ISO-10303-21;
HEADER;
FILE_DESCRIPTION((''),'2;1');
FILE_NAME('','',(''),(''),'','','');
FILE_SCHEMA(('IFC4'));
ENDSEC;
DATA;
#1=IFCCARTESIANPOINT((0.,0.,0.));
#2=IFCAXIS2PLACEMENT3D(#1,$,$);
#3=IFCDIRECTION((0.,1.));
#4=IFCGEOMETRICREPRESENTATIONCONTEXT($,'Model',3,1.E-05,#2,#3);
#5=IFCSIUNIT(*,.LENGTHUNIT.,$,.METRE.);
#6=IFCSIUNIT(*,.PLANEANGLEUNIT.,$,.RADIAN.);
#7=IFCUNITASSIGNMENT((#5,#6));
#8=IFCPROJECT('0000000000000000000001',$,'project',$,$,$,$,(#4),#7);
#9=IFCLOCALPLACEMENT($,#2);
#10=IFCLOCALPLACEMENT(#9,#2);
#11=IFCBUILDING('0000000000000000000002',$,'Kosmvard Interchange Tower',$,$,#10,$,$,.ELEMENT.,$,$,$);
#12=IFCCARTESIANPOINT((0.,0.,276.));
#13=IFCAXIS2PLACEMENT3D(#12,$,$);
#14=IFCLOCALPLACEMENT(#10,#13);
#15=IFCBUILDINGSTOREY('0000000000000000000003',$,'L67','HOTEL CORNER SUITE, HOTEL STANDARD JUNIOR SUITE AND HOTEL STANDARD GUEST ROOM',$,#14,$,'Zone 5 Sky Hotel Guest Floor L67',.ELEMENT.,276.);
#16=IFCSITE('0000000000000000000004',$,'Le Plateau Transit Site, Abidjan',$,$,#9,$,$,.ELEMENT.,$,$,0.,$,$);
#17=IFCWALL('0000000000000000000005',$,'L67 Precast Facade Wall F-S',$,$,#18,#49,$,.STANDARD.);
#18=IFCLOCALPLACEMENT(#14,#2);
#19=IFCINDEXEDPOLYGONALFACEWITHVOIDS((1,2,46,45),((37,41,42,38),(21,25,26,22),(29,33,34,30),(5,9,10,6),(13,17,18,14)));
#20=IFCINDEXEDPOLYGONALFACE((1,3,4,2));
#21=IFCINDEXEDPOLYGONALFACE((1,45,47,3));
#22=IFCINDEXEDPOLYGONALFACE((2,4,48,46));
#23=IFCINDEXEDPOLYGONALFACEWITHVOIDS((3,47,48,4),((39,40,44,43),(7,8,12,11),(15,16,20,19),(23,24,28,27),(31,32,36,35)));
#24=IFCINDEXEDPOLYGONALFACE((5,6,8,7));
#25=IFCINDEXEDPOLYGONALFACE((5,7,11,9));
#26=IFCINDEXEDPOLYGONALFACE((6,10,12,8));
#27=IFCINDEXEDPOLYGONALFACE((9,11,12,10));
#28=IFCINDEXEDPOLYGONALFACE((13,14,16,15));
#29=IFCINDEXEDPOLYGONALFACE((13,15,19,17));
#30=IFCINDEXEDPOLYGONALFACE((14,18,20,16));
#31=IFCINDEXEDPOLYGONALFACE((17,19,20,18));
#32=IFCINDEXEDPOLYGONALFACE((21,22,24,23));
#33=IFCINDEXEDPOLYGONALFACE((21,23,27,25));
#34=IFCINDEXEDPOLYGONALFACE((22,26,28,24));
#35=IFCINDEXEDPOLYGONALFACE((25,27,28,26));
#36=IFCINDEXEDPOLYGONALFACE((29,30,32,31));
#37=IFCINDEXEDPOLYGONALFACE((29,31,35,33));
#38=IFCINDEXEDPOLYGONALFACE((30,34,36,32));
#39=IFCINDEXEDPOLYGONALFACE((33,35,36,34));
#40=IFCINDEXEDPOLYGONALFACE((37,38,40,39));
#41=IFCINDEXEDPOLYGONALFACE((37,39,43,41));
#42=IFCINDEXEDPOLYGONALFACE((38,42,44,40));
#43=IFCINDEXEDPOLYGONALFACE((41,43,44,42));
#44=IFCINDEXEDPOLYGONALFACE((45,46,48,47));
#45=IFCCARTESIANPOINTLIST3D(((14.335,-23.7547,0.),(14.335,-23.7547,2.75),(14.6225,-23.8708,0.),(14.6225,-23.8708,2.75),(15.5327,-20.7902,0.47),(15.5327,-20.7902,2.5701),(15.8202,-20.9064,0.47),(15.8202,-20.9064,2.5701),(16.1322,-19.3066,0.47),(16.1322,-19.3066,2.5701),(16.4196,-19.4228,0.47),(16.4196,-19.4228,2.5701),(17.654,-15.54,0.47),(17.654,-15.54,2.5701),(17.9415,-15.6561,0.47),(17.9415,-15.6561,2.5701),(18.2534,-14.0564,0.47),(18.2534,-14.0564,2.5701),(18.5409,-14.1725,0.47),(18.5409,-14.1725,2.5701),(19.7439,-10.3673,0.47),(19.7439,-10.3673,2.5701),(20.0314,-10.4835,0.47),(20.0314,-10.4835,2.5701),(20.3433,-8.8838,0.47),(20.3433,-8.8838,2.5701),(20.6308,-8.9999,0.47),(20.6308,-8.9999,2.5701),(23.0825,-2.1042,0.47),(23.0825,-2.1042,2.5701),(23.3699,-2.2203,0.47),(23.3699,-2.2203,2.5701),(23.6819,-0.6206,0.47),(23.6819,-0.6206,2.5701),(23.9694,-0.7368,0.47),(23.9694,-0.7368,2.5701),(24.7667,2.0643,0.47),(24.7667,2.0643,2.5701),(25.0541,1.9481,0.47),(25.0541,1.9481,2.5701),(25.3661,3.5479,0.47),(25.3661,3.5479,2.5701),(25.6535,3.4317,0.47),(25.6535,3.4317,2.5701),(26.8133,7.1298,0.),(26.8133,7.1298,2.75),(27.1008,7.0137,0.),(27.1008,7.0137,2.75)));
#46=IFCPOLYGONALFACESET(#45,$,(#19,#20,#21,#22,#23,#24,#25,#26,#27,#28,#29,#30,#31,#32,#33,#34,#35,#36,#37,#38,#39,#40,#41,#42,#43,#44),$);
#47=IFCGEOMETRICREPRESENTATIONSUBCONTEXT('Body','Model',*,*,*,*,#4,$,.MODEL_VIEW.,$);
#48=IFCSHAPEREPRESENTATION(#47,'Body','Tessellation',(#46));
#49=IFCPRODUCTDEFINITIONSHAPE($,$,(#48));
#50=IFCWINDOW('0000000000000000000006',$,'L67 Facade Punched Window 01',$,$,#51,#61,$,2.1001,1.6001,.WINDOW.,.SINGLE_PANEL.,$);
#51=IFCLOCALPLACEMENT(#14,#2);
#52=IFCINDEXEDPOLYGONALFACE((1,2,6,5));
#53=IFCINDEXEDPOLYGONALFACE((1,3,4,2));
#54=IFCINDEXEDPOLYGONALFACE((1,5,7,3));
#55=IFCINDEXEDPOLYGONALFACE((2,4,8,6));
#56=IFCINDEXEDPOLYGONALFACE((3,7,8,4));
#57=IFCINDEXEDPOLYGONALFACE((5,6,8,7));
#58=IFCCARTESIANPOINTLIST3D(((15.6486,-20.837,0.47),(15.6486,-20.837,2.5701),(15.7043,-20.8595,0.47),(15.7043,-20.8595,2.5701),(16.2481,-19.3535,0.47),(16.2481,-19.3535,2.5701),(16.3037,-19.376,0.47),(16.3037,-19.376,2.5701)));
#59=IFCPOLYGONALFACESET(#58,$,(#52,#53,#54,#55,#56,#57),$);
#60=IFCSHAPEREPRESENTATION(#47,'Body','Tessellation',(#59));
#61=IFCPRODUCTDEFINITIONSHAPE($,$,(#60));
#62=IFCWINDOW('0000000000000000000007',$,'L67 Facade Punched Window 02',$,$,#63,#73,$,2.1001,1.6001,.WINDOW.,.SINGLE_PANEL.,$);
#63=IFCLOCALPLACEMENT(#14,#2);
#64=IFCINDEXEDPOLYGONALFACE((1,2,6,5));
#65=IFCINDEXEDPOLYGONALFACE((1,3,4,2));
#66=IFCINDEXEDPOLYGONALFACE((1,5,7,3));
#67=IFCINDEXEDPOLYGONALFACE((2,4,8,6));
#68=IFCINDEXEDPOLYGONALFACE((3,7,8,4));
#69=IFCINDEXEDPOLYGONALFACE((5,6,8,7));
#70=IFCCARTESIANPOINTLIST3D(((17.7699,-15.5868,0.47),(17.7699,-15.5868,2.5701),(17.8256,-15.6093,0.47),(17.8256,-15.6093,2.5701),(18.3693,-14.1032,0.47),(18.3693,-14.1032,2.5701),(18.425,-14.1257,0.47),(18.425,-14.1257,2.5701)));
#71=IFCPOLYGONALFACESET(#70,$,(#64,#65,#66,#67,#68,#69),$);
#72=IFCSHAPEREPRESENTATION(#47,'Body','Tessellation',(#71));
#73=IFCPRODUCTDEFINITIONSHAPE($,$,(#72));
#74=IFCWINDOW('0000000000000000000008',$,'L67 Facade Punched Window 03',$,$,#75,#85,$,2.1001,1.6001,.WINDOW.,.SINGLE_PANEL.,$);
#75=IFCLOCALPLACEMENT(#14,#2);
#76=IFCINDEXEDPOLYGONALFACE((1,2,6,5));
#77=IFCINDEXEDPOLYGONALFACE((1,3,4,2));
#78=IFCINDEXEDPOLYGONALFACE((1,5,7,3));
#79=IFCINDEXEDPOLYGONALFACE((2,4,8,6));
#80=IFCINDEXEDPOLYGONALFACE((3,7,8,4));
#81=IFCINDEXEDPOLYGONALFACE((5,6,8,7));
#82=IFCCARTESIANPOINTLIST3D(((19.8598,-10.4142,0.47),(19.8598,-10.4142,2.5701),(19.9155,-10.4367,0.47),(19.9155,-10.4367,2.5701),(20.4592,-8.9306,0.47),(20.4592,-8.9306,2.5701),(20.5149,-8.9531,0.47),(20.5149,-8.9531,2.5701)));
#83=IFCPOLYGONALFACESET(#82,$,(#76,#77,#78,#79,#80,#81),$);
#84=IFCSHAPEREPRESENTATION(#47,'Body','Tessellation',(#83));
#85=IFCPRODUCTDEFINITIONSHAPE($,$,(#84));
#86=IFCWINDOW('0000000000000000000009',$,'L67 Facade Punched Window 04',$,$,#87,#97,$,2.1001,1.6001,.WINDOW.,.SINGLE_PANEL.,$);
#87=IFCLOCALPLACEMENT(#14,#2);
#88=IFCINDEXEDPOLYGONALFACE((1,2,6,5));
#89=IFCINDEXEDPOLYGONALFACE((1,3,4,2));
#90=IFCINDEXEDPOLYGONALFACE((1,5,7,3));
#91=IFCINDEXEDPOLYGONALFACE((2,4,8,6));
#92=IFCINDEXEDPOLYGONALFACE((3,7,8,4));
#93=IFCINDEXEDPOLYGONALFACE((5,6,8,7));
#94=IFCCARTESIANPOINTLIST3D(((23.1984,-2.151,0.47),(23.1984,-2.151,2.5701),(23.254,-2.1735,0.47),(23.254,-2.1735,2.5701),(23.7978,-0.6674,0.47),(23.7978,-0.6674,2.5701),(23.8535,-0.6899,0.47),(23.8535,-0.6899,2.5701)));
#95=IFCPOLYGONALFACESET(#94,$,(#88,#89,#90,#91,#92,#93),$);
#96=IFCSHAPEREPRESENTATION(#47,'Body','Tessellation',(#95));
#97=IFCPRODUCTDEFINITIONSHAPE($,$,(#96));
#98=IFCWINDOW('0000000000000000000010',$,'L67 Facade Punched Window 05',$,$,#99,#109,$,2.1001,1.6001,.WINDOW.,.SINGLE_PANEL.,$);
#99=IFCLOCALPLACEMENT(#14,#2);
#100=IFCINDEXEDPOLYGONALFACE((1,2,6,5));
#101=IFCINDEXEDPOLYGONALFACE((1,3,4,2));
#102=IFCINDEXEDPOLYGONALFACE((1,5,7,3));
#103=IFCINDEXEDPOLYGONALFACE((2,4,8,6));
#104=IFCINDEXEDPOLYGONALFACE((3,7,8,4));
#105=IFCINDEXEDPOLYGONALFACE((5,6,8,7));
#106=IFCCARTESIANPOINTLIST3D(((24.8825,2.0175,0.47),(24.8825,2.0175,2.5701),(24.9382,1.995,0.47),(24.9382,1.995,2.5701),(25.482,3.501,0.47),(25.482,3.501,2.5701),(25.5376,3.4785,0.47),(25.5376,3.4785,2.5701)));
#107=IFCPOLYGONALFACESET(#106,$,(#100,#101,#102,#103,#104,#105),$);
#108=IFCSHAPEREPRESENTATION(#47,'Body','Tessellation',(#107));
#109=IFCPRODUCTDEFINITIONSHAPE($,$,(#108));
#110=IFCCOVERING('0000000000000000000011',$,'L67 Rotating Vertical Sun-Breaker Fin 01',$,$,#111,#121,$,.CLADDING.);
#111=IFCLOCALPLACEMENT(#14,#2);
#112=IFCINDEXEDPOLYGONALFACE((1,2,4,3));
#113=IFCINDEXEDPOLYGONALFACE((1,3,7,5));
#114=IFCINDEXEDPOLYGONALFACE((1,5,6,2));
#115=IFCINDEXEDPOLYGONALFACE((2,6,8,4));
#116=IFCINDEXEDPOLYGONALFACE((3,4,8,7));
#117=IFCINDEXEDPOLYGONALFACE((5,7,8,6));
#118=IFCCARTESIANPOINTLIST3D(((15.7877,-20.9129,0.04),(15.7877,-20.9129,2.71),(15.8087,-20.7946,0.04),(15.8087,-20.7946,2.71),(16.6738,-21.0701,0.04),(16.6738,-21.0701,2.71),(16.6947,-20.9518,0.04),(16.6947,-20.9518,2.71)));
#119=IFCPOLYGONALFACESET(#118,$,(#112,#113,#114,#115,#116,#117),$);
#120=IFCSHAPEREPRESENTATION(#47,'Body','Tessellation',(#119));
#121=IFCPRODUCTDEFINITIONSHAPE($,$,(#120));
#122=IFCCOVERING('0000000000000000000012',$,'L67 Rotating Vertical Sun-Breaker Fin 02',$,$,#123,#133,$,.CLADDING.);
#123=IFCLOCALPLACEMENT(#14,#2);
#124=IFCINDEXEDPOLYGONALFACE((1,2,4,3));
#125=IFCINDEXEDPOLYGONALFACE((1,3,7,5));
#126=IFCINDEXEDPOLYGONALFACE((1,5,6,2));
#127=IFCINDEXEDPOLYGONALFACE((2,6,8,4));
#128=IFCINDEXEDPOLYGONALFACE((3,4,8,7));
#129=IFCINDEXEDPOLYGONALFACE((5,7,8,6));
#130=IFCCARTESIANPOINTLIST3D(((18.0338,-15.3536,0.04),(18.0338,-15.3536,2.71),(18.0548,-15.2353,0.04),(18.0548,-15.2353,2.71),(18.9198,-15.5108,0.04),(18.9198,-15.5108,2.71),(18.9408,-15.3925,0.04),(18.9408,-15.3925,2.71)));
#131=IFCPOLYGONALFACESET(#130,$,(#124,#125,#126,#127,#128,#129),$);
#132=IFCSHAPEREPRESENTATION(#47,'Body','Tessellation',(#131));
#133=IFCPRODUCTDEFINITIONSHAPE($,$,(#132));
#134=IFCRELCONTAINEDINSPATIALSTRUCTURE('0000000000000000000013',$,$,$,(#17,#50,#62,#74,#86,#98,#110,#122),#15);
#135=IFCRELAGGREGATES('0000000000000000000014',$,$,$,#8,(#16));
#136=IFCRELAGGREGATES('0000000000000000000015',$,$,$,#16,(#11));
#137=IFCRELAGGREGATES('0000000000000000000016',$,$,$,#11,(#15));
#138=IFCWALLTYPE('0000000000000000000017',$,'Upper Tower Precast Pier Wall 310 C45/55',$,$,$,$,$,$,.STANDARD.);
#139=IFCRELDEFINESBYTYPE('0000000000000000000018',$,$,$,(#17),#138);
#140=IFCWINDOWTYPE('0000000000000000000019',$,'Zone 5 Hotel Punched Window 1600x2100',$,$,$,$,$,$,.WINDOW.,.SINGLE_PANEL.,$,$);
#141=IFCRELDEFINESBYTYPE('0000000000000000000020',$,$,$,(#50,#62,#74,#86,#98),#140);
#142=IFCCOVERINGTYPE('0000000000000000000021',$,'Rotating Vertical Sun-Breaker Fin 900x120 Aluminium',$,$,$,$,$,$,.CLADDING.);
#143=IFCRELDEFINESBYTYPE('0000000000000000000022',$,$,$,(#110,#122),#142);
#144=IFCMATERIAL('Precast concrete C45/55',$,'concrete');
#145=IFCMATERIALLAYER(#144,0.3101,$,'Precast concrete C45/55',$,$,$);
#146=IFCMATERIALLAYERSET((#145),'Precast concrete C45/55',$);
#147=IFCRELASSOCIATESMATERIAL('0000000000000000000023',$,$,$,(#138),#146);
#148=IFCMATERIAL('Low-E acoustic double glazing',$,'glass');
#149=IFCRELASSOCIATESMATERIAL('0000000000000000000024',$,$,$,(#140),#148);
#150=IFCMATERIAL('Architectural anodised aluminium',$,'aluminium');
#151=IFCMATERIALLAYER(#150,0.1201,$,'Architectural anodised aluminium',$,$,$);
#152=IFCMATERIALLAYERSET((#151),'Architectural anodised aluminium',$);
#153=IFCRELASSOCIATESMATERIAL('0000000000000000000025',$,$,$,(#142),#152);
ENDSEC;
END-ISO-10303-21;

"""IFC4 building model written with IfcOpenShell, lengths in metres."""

from ifc_helpers import new_model, si_unit, direction, frame, frame_2d, origin, origin_2d, place, context, subcontext, project, spatial, rectangle, extrude, source, transform, mapped, material, layer, layer_set, type_object, element, fill, save


model = new_model("IFC4")

# Units and contexts
model_context = context("Model", 3, precision=1e-05, world=origin(), true_north=direction((0.0, 1.0)))
body_context = subcontext(model_context, "Body", "Model", "MODEL_VIEW")
ifc_project = project(units=[si_unit("LENGTHUNIT", "METRE"), si_unit("PLANEANGLEUNIT", "RADIAN")], contexts=[model_context])

# Site, building, storey
site_placement = place(None, origin())
site = spatial("IfcSite", under=ifc_project, at=site_placement, Name="Le Plateau Transit Site, Abidjan", CompositionType="ELEMENT", RefElevation=0.0)
building_placement = place(site_placement, origin())
building = spatial("IfcBuilding", under=site, at=building_placement, Name="Kosmvard Interchange Tower", CompositionType="ELEMENT")
storey_placement = place(building_placement, frame((0.0, 0.0, 276.0)))
storey = spatial("IfcBuildingStorey", under=building, at=storey_placement, Name="L67", Description="HOTEL CORNER SUITE, HOTEL STANDARD JUNIOR SUITE AND HOTEL STANDARD GUEST ROOM", LongName="Zone 5 Sky Hotel Guest Floor L67", CompositionType="ELEMENT", Elevation=276.0)

# Wall, openings, windows
ifc_material_1 = material(Name="Precast concrete C45/55", Category="concrete")
ifc_layer_1 = layer(ifc_material_1, 0.3101, Name="Precast concrete C45/55")
ifc_layer_set_1 = layer_set([ifc_layer_1], Name="Precast concrete C45/55")
wall_type = type_object("IfcWallType", Name="Upper Tower Precast Pier Wall 310 C45/55", PredefinedType="STANDARD", material=ifc_layer_set_1)
wall_placement = place(storey_placement, frame((14.4788, -23.8127, 0.0), z_axis=(0.0, 0.0, 1.0), x_axis=(0.37461, 0.927183, 0.0)))
wall = element("IfcWall", 1, at=wall_placement, inside=storey, type_object=wall_type, Name="L67 Precast Facade Wall F-S", PredefinedType="STANDARD", context=body_context, shape_type="SweptSolid", body=[
    extrude(rectangle(XDim=33.3101, YDim=0.3101, at=frame_2d((16.655, 0.0))), origin(), (0.0, 0.0, 1.0), 2.75),
])
opening_1_placement = place(wall_placement, frame((3.1973, 0.0, 0.47)))
opening_1 = element("IfcOpeningElement", 2, at=opening_1_placement, cuts=wall, PredefinedType="OPENING", context=body_context, shape_type="SweptSolid", body=[
    extrude(rectangle(XDim=1.6001, YDim=2.1001, at=frame_2d((0.8, 1.05))), frame((0.0, 0.165, 0.0), z_axis=(0.0, -1.0, 0.0), x_axis=(1.0, 0.0, 0.0)), (0.0, 0.0, 1.0), 0.3301),
])
opening_2_placement = place(wall_placement, frame((8.8599, 0.0, 0.47)))
opening_2 = element("IfcOpeningElement", 3, at=opening_2_placement, cuts=wall, PredefinedType="OPENING", context=body_context, shape_type="SweptSolid", body=[
    extrude(rectangle(XDim=1.6001, YDim=2.1001, at=frame_2d((0.8, 1.05))), frame((0.0, 0.165, 0.0), z_axis=(0.0, -1.0, 0.0), x_axis=(1.0, 0.0, 0.0)), (0.0, 0.0, 1.0), 0.3301),
])
opening_3_placement = place(wall_placement, frame((14.4387, 0.0, 0.47)))
opening_3 = element("IfcOpeningElement", 4, at=opening_3_placement, cuts=wall, PredefinedType="OPENING", context=body_context, shape_type="SweptSolid", body=[
    extrude(rectangle(XDim=1.6001, YDim=2.1001, at=frame_2d((0.8, 1.05))), frame((0.0, 0.165, 0.0), z_axis=(0.0, -1.0, 0.0), x_axis=(1.0, 0.0, 0.0)), (0.0, 0.0, 1.0), 0.3301),
])
opening_4_placement = place(wall_placement, frame((23.3508, 0.0, 0.47)))
opening_4 = element("IfcOpeningElement", 5, at=opening_4_placement, cuts=wall, PredefinedType="OPENING", context=body_context, shape_type="SweptSolid", body=[
    extrude(rectangle(XDim=1.6001, YDim=2.1001, at=frame_2d((0.8, 1.05))), frame((0.0, 0.165, 0.0), z_axis=(0.0, -1.0, 0.0), x_axis=(1.0, 0.0, 0.0)), (0.0, 0.0, 1.0), 0.3301),
])
opening_5_placement = place(wall_placement, frame((27.8467, 0.0, 0.47)))
opening_5 = element("IfcOpeningElement", 6, at=opening_5_placement, cuts=wall, PredefinedType="OPENING", context=body_context, shape_type="SweptSolid", body=[
    extrude(rectangle(XDim=1.6001, YDim=2.1001, at=frame_2d((0.8, 1.05))), frame((0.0, 0.165, 0.0), z_axis=(0.0, -1.0, 0.0), x_axis=(1.0, 0.0, 0.0)), (0.0, 0.0, 1.0), 0.3301),
])
ifc_material_2 = material(Name="Low-E acoustic double glazing", Category="glass")
window_type = type_object("IfcWindowType", Name="Zone 5 Hotel Punched Window 1600x2100", PartitioningType="SINGLE_PANEL", PredefinedType="WINDOW", material=ifc_material_2)
shared_shape_1 = source(origin(), body_context, "Body", "SweptSolid", [
    extrude(rectangle(XDim=1.6001, YDim=2.1001, at=frame_2d((0.8, 1.05))), frame((0.0, 0.03, 0.0), z_axis=(0.0, -1.0, 0.0), x_axis=(1.0, 0.0, 0.0)), (0.0, 0.0, 1.0), 0.0601),
])
window_1_placement = place(opening_1_placement, origin())
window_1 = element("IfcWindow", 7, at=window_1_placement, inside=storey, type_object=window_type, Name="L67 Facade Punched Window 01", OverallHeight=2.1001, OverallWidth=1.6001, PartitioningType="SINGLE_PANEL", PredefinedType="WINDOW", context=body_context, shape_type="MappedRepresentation", body=[
    mapped(shared_shape_1, transform((0.0, 0.0, 0.0), scale=1.0)),
])
fill(opening_1, window_1)
window_2_placement = place(opening_2_placement, origin())
window_2 = element("IfcWindow", 8, at=window_2_placement, inside=storey, type_object=window_type, Name="L67 Facade Punched Window 02", OverallHeight=2.1001, OverallWidth=1.6001, PartitioningType="SINGLE_PANEL", PredefinedType="WINDOW", context=body_context, shape_type="MappedRepresentation", body=[
    mapped(shared_shape_1, transform((0.0, 0.0, 0.0), scale=1.0)),
])
fill(opening_2, window_2)
window_3_placement = place(opening_3_placement, origin())
window_3 = element("IfcWindow", 9, at=window_3_placement, inside=storey, type_object=window_type, Name="L67 Facade Punched Window 03", OverallHeight=2.1001, OverallWidth=1.6001, PartitioningType="SINGLE_PANEL", PredefinedType="WINDOW", context=body_context, shape_type="MappedRepresentation", body=[
    mapped(shared_shape_1, transform((0.0, 0.0, 0.0), scale=1.0)),
])
fill(opening_3, window_3)
window_4_placement = place(opening_4_placement, origin())
window_4 = element("IfcWindow", 10, at=window_4_placement, inside=storey, type_object=window_type, Name="L67 Facade Punched Window 04", OverallHeight=2.1001, OverallWidth=1.6001, PartitioningType="SINGLE_PANEL", PredefinedType="WINDOW", context=body_context, shape_type="MappedRepresentation", body=[
    mapped(shared_shape_1, transform((0.0, 0.0, 0.0), scale=1.0)),
])
fill(opening_4, window_4)
window_5_placement = place(opening_5_placement, origin())
window_5 = element("IfcWindow", 11, at=window_5_placement, inside=storey, type_object=window_type, Name="L67 Facade Punched Window 05", OverallHeight=2.1001, OverallWidth=1.6001, PartitioningType="SINGLE_PANEL", PredefinedType="WINDOW", context=body_context, shape_type="MappedRepresentation", body=[
    mapped(shared_shape_1, transform((0.0, 0.0, 0.0), scale=1.0)),
])
fill(opening_5, window_5)

# Coverings
ifc_material_3 = material(Name="Architectural anodised aluminium", Category="aluminium")
ifc_layer_2 = layer(ifc_material_3, 0.1201, Name="Architectural anodised aluminium")
ifc_layer_set_2 = layer_set([ifc_layer_2], Name="Architectural anodised aluminium")
covering_type = type_object("IfcCoveringType", Name="Rotating Vertical Sun-Breaker Fin 900x120 Aluminium", PredefinedType="CLADDING", material=ifc_layer_set_2)
shared_shape_2 = source(origin(), body_context, "Body", "SweptSolid", [
    extrude(rectangle(XDim=0.8999, YDim=0.1201, at=origin_2d()), origin(), (0.0, 0.0, 1.0), 2.6699),
])
for number, where, z_axis, x_axis, name in (
    (12, (16.2412, -20.9324, 0.04), (0.0, 0.0, 1.0), (0.984625, -0.174679, 0.0), "L67 Rotating Vertical Sun-Breaker Fin 01"),
    (13, (18.4873, -15.373, 0.04), (0.0, 0.0, 1.0), (0.984625, -0.174679, 0.0), "L67 Rotating Vertical Sun-Breaker Fin 02"),
):
    element("IfcCovering", number, at=place(storey_placement, frame(where, z_axis=z_axis, x_axis=x_axis)), inside=storey, type_object=covering_type, Name=name, PredefinedType="CLADDING", context=body_context, shape_type="MappedRepresentation", body=[
        mapped(shared_shape_2, transform((0.0, 0.0, 0.0), scale=1.0)),
    ])

save(model, "model.ifc")
